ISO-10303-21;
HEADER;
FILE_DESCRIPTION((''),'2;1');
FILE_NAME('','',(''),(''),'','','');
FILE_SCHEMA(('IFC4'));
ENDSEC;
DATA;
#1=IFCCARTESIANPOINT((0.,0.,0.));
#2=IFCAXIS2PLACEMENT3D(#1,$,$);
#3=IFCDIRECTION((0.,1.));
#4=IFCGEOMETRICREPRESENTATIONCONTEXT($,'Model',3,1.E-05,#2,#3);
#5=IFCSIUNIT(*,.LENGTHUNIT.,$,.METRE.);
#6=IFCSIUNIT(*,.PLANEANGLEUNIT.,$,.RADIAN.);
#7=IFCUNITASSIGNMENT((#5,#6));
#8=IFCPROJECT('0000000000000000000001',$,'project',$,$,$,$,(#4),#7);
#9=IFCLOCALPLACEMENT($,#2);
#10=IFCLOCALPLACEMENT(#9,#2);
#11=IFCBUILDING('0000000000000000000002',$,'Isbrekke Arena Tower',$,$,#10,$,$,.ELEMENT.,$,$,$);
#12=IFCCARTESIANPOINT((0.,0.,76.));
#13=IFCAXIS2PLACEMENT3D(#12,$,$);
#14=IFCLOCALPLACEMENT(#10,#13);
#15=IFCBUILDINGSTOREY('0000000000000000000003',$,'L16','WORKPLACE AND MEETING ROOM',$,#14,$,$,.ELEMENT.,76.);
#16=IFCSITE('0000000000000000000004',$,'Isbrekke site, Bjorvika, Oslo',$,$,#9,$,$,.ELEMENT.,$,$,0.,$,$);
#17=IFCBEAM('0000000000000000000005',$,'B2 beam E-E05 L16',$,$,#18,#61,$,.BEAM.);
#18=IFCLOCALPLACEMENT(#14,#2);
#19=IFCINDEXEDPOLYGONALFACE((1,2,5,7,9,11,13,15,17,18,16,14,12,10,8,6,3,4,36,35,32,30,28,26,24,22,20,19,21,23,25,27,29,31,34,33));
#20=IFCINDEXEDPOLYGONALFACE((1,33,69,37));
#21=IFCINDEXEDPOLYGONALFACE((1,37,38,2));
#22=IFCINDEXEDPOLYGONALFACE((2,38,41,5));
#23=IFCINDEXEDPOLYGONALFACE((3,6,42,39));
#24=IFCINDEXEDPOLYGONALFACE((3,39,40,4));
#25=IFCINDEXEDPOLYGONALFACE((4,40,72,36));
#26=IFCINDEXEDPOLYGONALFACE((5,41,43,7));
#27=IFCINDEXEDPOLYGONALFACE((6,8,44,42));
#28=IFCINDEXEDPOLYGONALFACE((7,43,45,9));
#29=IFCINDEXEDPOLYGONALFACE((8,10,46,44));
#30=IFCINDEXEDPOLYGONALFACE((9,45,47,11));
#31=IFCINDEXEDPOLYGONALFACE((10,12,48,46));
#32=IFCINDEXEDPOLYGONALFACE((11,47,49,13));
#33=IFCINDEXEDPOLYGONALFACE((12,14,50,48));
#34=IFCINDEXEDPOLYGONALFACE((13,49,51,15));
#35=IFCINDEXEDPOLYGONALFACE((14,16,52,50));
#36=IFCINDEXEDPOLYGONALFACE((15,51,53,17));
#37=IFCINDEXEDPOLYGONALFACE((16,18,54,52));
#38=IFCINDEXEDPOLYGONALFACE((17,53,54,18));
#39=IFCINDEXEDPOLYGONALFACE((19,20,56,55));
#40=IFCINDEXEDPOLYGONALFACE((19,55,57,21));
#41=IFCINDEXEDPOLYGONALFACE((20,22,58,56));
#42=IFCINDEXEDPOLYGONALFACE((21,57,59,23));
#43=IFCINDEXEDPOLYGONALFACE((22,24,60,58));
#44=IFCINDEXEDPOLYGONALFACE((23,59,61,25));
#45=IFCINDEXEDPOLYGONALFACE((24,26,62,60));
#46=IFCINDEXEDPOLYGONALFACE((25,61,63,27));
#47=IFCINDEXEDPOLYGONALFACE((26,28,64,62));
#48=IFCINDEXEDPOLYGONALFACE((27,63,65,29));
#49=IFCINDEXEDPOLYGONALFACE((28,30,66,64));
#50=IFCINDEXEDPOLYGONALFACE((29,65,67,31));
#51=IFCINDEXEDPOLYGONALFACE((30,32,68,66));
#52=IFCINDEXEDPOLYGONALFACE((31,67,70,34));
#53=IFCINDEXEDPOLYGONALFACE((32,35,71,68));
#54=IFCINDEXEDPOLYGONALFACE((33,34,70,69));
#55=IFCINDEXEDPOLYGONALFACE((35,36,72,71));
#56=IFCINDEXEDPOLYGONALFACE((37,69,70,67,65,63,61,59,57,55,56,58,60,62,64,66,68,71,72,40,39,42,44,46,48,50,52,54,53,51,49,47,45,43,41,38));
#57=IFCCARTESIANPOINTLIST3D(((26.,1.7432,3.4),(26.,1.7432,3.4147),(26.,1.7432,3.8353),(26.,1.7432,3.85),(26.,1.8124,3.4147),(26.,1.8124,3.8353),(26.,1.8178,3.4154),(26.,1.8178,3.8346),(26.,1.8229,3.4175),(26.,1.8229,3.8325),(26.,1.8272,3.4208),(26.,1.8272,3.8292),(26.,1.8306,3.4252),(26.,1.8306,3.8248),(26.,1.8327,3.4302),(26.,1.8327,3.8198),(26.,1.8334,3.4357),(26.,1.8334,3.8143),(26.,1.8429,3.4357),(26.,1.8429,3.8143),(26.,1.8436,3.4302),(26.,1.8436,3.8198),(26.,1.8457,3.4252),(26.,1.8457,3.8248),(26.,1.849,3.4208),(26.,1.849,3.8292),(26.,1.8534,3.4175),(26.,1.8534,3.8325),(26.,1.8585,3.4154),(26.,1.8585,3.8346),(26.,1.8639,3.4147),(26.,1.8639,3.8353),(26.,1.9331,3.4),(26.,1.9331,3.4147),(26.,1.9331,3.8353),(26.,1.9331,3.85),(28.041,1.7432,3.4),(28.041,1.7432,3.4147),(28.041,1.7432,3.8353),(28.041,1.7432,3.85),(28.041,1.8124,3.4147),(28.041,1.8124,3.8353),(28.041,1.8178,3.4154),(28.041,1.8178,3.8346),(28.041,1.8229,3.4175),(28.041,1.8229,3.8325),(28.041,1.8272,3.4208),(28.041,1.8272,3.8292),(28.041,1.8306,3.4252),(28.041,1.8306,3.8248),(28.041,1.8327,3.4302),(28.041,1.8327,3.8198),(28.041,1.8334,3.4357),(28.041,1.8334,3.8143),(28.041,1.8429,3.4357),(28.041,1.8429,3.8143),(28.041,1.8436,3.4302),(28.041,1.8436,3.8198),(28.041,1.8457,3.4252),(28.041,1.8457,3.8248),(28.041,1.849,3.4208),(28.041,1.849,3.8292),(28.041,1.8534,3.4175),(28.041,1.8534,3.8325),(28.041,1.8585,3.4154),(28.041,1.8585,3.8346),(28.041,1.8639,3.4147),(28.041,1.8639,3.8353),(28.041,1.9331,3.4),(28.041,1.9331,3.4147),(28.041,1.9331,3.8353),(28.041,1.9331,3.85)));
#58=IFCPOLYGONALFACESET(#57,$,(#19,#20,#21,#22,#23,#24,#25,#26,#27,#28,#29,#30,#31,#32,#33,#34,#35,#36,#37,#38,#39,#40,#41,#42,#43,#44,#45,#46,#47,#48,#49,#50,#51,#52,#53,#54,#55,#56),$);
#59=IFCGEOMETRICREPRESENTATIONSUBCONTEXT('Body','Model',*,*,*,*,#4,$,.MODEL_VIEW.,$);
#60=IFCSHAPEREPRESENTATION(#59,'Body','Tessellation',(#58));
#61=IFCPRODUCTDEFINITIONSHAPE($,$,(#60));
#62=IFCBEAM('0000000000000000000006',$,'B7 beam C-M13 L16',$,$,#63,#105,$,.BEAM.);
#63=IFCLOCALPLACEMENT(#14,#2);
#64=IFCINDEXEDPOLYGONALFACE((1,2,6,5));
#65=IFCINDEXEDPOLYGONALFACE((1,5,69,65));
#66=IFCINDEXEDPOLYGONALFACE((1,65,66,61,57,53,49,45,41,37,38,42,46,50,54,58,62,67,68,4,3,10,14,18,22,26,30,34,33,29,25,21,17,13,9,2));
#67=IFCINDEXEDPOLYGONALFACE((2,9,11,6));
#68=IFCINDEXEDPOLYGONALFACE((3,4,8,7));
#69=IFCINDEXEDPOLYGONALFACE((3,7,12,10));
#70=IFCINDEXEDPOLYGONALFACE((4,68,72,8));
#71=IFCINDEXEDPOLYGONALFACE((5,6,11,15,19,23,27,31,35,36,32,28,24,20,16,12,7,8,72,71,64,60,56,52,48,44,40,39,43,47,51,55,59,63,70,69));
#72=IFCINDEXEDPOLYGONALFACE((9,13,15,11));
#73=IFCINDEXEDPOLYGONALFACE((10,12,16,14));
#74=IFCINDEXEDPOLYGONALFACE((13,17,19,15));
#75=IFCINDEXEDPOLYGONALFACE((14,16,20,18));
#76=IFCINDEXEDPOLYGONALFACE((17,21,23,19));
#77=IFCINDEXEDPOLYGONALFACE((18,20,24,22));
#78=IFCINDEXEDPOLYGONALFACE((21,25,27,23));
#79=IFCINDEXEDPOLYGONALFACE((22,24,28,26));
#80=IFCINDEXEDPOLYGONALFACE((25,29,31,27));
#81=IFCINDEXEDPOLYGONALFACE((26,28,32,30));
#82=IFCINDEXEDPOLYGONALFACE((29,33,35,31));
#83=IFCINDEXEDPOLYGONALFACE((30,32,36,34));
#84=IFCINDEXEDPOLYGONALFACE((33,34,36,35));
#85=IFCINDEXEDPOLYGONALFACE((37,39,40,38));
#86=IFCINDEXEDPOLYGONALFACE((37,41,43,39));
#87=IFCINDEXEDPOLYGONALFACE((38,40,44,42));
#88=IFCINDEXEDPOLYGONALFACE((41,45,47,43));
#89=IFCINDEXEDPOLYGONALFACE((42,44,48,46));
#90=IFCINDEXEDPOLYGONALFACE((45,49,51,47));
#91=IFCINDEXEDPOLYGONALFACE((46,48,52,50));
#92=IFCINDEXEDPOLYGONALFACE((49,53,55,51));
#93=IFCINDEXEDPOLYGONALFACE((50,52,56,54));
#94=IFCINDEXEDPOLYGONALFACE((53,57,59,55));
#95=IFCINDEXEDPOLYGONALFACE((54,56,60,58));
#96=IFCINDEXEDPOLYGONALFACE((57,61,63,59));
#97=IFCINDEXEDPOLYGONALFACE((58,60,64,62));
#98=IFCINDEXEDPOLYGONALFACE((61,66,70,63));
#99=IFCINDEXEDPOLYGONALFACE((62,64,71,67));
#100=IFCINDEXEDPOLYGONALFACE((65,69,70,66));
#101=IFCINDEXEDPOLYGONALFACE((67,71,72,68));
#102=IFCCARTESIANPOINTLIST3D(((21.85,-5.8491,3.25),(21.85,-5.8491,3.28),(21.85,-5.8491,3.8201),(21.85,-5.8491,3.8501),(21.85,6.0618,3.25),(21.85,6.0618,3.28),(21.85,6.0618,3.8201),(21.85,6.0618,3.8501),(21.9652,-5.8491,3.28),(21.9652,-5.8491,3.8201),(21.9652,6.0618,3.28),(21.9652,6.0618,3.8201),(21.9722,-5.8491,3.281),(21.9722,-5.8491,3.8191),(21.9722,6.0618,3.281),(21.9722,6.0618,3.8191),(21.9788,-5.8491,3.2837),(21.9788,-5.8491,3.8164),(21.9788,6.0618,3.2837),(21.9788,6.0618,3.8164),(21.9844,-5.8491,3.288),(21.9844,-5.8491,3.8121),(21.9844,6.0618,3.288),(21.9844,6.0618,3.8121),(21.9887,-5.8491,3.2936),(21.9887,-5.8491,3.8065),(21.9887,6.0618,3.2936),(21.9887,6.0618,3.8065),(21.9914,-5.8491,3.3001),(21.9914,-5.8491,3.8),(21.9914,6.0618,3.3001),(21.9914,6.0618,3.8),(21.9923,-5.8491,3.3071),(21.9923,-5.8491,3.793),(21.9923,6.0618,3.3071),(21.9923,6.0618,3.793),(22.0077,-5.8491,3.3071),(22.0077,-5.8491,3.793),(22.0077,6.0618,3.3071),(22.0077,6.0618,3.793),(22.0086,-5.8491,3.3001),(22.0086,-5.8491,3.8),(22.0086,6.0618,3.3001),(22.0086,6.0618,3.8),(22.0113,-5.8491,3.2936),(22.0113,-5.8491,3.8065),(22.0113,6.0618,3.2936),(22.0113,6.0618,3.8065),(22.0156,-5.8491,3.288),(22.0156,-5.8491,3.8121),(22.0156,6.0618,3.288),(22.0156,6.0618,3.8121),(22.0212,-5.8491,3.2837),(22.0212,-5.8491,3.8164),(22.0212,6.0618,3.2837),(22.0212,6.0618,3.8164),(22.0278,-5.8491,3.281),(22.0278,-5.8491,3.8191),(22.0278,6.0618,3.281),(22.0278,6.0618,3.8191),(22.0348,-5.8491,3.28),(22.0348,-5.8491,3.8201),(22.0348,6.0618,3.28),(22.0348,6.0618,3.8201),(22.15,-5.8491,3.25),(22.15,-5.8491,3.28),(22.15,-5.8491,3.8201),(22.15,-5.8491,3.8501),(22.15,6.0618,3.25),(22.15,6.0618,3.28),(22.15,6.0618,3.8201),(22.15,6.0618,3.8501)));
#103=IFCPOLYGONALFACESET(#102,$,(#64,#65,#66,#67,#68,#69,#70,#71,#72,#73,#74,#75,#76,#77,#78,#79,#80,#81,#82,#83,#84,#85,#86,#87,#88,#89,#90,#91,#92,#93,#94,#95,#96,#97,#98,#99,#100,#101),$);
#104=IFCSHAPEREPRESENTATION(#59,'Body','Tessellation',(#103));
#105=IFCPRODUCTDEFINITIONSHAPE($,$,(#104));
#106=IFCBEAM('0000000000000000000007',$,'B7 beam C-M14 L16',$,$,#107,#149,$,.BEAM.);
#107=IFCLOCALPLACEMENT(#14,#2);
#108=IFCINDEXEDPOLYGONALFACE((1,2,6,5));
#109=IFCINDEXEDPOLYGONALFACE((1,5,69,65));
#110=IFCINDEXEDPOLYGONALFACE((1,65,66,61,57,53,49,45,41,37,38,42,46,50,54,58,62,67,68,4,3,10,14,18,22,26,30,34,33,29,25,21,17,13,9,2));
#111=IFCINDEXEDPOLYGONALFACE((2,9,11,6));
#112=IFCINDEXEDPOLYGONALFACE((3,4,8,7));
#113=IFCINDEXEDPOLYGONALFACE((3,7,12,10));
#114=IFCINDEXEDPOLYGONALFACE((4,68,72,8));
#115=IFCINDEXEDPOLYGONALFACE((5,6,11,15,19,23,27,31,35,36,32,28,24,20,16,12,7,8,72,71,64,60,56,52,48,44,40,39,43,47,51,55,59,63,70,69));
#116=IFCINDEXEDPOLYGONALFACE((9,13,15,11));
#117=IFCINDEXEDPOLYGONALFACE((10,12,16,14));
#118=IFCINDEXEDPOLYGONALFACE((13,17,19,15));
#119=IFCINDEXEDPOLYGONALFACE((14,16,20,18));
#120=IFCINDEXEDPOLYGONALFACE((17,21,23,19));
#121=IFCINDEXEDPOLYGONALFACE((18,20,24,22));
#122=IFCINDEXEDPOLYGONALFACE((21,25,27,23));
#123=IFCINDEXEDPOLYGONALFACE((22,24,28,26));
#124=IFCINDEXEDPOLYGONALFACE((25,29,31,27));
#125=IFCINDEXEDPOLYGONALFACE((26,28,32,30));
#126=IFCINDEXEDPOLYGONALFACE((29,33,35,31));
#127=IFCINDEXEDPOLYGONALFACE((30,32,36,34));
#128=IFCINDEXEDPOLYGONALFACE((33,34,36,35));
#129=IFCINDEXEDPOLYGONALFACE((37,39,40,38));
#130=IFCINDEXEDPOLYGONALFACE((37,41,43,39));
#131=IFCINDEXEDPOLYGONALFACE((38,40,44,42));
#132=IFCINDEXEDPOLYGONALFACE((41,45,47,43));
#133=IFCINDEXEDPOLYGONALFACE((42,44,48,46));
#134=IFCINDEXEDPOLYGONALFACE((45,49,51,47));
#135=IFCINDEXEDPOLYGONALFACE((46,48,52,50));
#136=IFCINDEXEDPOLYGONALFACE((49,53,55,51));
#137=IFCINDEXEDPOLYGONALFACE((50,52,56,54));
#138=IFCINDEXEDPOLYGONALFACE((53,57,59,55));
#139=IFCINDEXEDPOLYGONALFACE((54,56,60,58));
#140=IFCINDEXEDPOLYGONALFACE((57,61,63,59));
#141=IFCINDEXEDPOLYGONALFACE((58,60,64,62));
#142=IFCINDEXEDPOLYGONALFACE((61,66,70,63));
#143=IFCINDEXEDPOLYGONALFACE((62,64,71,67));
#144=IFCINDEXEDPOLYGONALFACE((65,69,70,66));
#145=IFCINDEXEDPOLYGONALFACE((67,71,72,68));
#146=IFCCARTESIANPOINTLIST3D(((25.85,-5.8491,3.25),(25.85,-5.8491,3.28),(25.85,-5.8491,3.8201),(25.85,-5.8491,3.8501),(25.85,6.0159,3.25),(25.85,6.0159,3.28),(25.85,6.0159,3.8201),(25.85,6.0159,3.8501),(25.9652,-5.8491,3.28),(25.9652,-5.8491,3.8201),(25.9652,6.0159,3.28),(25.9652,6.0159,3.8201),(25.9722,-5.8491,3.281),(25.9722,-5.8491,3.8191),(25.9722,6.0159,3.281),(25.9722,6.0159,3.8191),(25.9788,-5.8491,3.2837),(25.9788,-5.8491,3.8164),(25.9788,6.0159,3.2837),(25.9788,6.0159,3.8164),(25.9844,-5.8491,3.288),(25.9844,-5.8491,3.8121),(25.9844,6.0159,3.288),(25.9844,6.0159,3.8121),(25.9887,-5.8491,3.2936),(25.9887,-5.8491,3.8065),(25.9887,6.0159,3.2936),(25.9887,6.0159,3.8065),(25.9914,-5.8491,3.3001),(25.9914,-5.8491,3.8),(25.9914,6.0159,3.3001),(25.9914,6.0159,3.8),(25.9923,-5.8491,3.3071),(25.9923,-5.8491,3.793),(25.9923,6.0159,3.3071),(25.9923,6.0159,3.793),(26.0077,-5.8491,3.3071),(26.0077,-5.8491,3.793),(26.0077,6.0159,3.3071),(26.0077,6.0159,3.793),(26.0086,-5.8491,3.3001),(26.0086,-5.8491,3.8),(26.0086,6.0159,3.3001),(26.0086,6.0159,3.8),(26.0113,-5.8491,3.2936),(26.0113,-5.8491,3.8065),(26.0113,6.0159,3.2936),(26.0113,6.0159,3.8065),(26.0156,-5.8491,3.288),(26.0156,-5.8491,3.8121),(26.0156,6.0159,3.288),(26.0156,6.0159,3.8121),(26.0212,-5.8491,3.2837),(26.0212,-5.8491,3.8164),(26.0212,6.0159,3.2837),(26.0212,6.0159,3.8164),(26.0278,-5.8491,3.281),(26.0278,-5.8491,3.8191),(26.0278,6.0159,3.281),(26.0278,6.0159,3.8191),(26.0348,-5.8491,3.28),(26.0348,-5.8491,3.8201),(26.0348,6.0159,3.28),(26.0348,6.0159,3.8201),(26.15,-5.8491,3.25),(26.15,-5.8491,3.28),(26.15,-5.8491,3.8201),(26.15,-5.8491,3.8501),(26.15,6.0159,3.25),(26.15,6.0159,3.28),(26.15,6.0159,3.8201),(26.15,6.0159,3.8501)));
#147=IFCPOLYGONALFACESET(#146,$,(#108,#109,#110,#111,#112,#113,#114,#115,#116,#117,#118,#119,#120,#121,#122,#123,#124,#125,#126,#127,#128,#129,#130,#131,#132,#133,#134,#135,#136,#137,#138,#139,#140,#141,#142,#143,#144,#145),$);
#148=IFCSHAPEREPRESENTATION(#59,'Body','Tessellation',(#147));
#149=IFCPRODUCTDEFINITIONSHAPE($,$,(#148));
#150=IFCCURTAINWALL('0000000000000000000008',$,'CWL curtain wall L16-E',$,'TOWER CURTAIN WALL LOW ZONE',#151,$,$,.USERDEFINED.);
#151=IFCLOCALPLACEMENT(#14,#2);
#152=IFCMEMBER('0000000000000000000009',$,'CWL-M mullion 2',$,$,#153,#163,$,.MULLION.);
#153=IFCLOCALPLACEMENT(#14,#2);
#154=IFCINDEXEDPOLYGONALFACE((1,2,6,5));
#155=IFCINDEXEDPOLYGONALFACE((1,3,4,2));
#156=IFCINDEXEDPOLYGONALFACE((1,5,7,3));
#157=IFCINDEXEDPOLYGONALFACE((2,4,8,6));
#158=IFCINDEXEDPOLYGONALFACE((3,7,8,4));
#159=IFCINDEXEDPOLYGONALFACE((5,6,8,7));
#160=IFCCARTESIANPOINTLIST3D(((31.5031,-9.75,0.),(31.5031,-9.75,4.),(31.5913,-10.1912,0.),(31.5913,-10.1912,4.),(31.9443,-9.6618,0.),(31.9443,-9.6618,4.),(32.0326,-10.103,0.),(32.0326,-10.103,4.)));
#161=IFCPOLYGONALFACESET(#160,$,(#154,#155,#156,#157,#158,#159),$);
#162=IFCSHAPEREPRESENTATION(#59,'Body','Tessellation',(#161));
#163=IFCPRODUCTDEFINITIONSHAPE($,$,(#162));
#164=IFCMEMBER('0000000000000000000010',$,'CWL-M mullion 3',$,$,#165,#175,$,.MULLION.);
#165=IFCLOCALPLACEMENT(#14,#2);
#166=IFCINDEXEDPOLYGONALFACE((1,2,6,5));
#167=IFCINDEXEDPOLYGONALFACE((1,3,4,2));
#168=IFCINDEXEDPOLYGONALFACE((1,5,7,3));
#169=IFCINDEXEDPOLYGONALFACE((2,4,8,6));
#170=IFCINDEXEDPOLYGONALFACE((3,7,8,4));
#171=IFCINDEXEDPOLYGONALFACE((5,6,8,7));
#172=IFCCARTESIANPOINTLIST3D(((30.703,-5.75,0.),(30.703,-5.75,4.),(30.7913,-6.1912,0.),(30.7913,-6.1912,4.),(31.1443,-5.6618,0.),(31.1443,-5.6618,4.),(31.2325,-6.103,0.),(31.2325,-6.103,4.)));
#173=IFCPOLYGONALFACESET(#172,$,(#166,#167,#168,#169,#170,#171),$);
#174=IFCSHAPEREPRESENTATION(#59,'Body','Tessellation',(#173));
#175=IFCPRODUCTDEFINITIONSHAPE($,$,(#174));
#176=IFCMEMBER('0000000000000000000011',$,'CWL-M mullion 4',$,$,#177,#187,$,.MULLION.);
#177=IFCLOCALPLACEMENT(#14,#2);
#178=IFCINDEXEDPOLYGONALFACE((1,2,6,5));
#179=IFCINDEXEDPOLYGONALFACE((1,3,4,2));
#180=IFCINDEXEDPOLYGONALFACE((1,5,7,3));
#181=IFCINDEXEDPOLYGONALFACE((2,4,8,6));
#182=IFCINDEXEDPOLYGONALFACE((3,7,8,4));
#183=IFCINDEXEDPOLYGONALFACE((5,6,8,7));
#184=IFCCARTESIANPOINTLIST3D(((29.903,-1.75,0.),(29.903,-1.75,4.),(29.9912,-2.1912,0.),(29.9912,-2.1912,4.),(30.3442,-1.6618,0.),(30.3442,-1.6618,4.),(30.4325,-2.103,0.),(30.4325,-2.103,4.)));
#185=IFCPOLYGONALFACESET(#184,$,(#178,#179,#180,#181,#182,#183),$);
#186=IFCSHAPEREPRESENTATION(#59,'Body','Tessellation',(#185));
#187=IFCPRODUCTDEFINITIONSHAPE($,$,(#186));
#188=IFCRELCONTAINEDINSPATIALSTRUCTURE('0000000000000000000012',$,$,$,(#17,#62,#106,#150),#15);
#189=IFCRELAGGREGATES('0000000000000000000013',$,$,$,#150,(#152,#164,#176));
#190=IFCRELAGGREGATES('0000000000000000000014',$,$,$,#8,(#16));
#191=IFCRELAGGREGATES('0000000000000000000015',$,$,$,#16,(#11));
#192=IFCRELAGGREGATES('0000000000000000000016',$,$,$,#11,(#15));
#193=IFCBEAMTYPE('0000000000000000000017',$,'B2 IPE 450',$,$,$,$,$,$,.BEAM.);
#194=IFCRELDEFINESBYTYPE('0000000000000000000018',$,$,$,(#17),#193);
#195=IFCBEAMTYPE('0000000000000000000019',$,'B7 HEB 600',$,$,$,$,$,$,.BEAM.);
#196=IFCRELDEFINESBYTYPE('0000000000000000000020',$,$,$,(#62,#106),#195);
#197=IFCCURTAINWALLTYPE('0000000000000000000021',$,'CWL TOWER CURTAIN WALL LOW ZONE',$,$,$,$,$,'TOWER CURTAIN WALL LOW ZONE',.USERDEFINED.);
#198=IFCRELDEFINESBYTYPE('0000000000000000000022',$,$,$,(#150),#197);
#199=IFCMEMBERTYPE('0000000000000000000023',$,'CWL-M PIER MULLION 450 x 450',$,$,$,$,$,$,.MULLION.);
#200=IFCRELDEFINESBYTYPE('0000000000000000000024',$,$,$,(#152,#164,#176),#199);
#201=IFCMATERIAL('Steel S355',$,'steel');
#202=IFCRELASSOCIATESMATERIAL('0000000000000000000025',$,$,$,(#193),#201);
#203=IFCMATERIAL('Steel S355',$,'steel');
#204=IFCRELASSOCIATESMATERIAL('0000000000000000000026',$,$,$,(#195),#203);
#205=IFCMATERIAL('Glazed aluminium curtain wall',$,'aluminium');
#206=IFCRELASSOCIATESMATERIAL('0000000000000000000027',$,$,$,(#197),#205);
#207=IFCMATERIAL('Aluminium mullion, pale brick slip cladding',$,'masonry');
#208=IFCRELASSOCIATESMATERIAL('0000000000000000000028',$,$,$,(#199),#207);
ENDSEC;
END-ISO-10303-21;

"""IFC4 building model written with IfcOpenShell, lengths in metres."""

from ifc_helpers import new_model, si_unit, direction, frame, origin, origin_2d, place, context, subcontext, project, spatial, rectangle, i_section, extrude, material, material_profile, profile_set, type_object, element, aggregate, save


model = new_model("IFC4")

# Units and contexts
model_context = context("Model", 3, precision=1e-05, world=origin(), true_north=direction((0.0, 1.0)))
body_context = subcontext(model_context, "Body", "Model", "MODEL_VIEW")
ifc_project = project(units=[si_unit("LENGTHUNIT", "METRE"), si_unit("PLANEANGLEUNIT", "RADIAN")], contexts=[model_context])

# Site, building, storey
site_placement = place(None, origin())
site = spatial("IfcSite", under=ifc_project, at=site_placement, Name="Isbrekke site, Bjorvika, Oslo", CompositionType="ELEMENT", RefElevation=0.0)
building_placement = place(site_placement, origin())
building = spatial("IfcBuilding", under=site, at=building_placement, Name="Isbrekke Arena Tower", CompositionType="ELEMENT")
storey_placement = place(building_placement, frame((0.0, 0.0, 76.0)))
storey = spatial("IfcBuildingStorey", under=building, at=storey_placement, Name="L16", Description="WORKPLACE AND MEETING ROOM", CompositionType="ELEMENT", Elevation=76.0)

# Beams
ifc_material_1 = material(Name="Steel S355", Category="steel")
ifc_material_profile_1 = material_profile(ifc_material_1, i_section(OverallWidth=0.1899, OverallDepth=0.45, WebThickness=0.0095, FlangeThickness=0.0146, FilletRadius=0.021, at=origin_2d()), Name="IPE 450")
ifc_profile_set_1 = profile_set([ifc_material_profile_1], Name="Steel S355")
beam_type_1 = type_object("IfcBeamType", Name="B2 IPE 450", PredefinedType="BEAM", material=ifc_profile_set_1)
beam_1_placement = place(storey_placement, frame((28.041, 1.8381, 3.625), z_axis=(-1.0, 0.0, 0.0), x_axis=(0.0, -1.0, 0.0)))
element("IfcBeam", 1, at=beam_1_placement, inside=storey, type_object=beam_type_1, Name="B2 beam E-E05 L16", PredefinedType="BEAM", context=body_context, shape_type="SweptSolid", body=[
    extrude(i_section(OverallWidth=0.1899, OverallDepth=0.45, WebThickness=0.0095, FlangeThickness=0.0146, FilletRadius=0.021, at=origin_2d()), origin(), (0.0, 0.0, 1.0), 2.041),
])
ifc_material_2 = material(Name="Steel S355", Category="steel")
ifc_material_profile_2 = material_profile(ifc_material_2, i_section(OverallWidth=0.3, OverallDepth=0.6001, WebThickness=0.0154, FlangeThickness=0.03, FilletRadius=0.0271, at=origin_2d()), Name="HEB 600")
ifc_profile_set_2 = profile_set([ifc_material_profile_2], Name="Steel S355")
beam_type_2 = type_object("IfcBeamType", Name="B7 HEB 600", PredefinedType="BEAM", material=ifc_profile_set_2)
beam_2_placement = place(storey_placement, frame((22.0, -5.8491, 3.55), z_axis=(0.0, 1.0, 0.0), x_axis=(-1.0, 0.0, 0.0)))
element("IfcBeam", 2, at=beam_2_placement, inside=storey, type_object=beam_type_2, Name="B7 beam C-M13 L16", PredefinedType="BEAM", context=body_context, shape_type="SweptSolid", body=[
    extrude(i_section(OverallWidth=0.3, OverallDepth=0.6001, WebThickness=0.0154, FlangeThickness=0.03, FilletRadius=0.0271, at=origin_2d()), origin(), (0.0, 0.0, 1.0), 11.9109),
])
beam_3_placement = place(storey_placement, frame((26.0, -5.8491, 3.55), z_axis=(0.0, 1.0, 0.0), x_axis=(-1.0, 0.0, 0.0)))
element("IfcBeam", 3, at=beam_3_placement, inside=storey, type_object=beam_type_2, Name="B7 beam C-M14 L16", PredefinedType="BEAM", context=body_context, shape_type="SweptSolid", body=[
    extrude(i_section(OverallWidth=0.3, OverallDepth=0.6001, WebThickness=0.0154, FlangeThickness=0.03, FilletRadius=0.0271, at=origin_2d()), origin(), (0.0, 0.0, 1.0), 11.865),
])

# Curtain wall, members
ifc_material_3 = material(Name="Glazed aluminium curtain wall", Category="aluminium")
curtain_wall_type = type_object("IfcCurtainWallType", Name="CWL TOWER CURTAIN WALL LOW ZONE", ElementType="TOWER CURTAIN WALL LOW ZONE", PredefinedType="USERDEFINED", material=ifc_material_3)
curtain_wall_placement = place(storey_placement, origin())
curtain_wall = element("IfcCurtainWall", 4, at=curtain_wall_placement, inside=storey, type_object=curtain_wall_type, Name="CWL curtain wall L16-E", ObjectType="TOWER CURTAIN WALL LOW ZONE", PredefinedType="USERDEFINED")
ifc_material_4 = material(Name="Aluminium mullion, pale brick slip cladding", Category="masonry")
ifc_material_profile_3 = material_profile(ifc_material_4, rectangle(XDim=0.45, YDim=0.45, at=origin_2d()), Name="PIER 450X450")
ifc_profile_set_3 = profile_set([ifc_material_profile_3], Name="Aluminium mullion, pale brick slip cladding")
member_type_1 = type_object("IfcMemberType", Name="CWL-M PIER MULLION 450 x 450", PredefinedType="MULLION", material=ifc_profile_set_3)
member_1_placement = place(storey_placement, frame((31.7678, -9.9265, 0.0), z_axis=(0.0, 0.0, 1.0), x_axis=(-0.196116, 0.980581, 0.0)))
member_1 = element("IfcMember", 5, at=member_1_placement, type_object=member_type_1, Name="CWL-M mullion 2", PredefinedType="MULLION", context=body_context, shape_type="SweptSolid", body=[
    extrude(rectangle(XDim=0.45, YDim=0.45, at=origin_2d()), origin(), (0.0, 0.0, 1.0), 4.0),
])
member_2_placement = place(storey_placement, frame((30.9678, -5.9265, 0.0), z_axis=(0.0, 0.0, 1.0), x_axis=(-0.196116, 0.980581, 0.0)))
member_2 = element("IfcMember", 6, at=member_2_placement, type_object=member_type_1, Name="CWL-M mullion 3", PredefinedType="MULLION", context=body_context, shape_type="SweptSolid", body=[
    extrude(rectangle(XDim=0.45, YDim=0.45, at=origin_2d()), origin(), (0.0, 0.0, 1.0), 4.0),
])
member_3_placement = place(storey_placement, frame((30.1677, -1.9265, 0.0), z_axis=(0.0, 0.0, 1.0), x_axis=(-0.196116, 0.980581, 0.0)))
member_3 = element("IfcMember", 7, at=member_3_placement, type_object=member_type_1, Name="CWL-M mullion 4", PredefinedType="MULLION", context=body_context, shape_type="SweptSolid", body=[
    extrude(rectangle(XDim=0.45, YDim=0.45, at=origin_2d()), origin(), (0.0, 0.0, 1.0), 4.0),
])

aggregate(curtain_wall, [member_1, member_2, member_3])

save(model, "model.ifc")
